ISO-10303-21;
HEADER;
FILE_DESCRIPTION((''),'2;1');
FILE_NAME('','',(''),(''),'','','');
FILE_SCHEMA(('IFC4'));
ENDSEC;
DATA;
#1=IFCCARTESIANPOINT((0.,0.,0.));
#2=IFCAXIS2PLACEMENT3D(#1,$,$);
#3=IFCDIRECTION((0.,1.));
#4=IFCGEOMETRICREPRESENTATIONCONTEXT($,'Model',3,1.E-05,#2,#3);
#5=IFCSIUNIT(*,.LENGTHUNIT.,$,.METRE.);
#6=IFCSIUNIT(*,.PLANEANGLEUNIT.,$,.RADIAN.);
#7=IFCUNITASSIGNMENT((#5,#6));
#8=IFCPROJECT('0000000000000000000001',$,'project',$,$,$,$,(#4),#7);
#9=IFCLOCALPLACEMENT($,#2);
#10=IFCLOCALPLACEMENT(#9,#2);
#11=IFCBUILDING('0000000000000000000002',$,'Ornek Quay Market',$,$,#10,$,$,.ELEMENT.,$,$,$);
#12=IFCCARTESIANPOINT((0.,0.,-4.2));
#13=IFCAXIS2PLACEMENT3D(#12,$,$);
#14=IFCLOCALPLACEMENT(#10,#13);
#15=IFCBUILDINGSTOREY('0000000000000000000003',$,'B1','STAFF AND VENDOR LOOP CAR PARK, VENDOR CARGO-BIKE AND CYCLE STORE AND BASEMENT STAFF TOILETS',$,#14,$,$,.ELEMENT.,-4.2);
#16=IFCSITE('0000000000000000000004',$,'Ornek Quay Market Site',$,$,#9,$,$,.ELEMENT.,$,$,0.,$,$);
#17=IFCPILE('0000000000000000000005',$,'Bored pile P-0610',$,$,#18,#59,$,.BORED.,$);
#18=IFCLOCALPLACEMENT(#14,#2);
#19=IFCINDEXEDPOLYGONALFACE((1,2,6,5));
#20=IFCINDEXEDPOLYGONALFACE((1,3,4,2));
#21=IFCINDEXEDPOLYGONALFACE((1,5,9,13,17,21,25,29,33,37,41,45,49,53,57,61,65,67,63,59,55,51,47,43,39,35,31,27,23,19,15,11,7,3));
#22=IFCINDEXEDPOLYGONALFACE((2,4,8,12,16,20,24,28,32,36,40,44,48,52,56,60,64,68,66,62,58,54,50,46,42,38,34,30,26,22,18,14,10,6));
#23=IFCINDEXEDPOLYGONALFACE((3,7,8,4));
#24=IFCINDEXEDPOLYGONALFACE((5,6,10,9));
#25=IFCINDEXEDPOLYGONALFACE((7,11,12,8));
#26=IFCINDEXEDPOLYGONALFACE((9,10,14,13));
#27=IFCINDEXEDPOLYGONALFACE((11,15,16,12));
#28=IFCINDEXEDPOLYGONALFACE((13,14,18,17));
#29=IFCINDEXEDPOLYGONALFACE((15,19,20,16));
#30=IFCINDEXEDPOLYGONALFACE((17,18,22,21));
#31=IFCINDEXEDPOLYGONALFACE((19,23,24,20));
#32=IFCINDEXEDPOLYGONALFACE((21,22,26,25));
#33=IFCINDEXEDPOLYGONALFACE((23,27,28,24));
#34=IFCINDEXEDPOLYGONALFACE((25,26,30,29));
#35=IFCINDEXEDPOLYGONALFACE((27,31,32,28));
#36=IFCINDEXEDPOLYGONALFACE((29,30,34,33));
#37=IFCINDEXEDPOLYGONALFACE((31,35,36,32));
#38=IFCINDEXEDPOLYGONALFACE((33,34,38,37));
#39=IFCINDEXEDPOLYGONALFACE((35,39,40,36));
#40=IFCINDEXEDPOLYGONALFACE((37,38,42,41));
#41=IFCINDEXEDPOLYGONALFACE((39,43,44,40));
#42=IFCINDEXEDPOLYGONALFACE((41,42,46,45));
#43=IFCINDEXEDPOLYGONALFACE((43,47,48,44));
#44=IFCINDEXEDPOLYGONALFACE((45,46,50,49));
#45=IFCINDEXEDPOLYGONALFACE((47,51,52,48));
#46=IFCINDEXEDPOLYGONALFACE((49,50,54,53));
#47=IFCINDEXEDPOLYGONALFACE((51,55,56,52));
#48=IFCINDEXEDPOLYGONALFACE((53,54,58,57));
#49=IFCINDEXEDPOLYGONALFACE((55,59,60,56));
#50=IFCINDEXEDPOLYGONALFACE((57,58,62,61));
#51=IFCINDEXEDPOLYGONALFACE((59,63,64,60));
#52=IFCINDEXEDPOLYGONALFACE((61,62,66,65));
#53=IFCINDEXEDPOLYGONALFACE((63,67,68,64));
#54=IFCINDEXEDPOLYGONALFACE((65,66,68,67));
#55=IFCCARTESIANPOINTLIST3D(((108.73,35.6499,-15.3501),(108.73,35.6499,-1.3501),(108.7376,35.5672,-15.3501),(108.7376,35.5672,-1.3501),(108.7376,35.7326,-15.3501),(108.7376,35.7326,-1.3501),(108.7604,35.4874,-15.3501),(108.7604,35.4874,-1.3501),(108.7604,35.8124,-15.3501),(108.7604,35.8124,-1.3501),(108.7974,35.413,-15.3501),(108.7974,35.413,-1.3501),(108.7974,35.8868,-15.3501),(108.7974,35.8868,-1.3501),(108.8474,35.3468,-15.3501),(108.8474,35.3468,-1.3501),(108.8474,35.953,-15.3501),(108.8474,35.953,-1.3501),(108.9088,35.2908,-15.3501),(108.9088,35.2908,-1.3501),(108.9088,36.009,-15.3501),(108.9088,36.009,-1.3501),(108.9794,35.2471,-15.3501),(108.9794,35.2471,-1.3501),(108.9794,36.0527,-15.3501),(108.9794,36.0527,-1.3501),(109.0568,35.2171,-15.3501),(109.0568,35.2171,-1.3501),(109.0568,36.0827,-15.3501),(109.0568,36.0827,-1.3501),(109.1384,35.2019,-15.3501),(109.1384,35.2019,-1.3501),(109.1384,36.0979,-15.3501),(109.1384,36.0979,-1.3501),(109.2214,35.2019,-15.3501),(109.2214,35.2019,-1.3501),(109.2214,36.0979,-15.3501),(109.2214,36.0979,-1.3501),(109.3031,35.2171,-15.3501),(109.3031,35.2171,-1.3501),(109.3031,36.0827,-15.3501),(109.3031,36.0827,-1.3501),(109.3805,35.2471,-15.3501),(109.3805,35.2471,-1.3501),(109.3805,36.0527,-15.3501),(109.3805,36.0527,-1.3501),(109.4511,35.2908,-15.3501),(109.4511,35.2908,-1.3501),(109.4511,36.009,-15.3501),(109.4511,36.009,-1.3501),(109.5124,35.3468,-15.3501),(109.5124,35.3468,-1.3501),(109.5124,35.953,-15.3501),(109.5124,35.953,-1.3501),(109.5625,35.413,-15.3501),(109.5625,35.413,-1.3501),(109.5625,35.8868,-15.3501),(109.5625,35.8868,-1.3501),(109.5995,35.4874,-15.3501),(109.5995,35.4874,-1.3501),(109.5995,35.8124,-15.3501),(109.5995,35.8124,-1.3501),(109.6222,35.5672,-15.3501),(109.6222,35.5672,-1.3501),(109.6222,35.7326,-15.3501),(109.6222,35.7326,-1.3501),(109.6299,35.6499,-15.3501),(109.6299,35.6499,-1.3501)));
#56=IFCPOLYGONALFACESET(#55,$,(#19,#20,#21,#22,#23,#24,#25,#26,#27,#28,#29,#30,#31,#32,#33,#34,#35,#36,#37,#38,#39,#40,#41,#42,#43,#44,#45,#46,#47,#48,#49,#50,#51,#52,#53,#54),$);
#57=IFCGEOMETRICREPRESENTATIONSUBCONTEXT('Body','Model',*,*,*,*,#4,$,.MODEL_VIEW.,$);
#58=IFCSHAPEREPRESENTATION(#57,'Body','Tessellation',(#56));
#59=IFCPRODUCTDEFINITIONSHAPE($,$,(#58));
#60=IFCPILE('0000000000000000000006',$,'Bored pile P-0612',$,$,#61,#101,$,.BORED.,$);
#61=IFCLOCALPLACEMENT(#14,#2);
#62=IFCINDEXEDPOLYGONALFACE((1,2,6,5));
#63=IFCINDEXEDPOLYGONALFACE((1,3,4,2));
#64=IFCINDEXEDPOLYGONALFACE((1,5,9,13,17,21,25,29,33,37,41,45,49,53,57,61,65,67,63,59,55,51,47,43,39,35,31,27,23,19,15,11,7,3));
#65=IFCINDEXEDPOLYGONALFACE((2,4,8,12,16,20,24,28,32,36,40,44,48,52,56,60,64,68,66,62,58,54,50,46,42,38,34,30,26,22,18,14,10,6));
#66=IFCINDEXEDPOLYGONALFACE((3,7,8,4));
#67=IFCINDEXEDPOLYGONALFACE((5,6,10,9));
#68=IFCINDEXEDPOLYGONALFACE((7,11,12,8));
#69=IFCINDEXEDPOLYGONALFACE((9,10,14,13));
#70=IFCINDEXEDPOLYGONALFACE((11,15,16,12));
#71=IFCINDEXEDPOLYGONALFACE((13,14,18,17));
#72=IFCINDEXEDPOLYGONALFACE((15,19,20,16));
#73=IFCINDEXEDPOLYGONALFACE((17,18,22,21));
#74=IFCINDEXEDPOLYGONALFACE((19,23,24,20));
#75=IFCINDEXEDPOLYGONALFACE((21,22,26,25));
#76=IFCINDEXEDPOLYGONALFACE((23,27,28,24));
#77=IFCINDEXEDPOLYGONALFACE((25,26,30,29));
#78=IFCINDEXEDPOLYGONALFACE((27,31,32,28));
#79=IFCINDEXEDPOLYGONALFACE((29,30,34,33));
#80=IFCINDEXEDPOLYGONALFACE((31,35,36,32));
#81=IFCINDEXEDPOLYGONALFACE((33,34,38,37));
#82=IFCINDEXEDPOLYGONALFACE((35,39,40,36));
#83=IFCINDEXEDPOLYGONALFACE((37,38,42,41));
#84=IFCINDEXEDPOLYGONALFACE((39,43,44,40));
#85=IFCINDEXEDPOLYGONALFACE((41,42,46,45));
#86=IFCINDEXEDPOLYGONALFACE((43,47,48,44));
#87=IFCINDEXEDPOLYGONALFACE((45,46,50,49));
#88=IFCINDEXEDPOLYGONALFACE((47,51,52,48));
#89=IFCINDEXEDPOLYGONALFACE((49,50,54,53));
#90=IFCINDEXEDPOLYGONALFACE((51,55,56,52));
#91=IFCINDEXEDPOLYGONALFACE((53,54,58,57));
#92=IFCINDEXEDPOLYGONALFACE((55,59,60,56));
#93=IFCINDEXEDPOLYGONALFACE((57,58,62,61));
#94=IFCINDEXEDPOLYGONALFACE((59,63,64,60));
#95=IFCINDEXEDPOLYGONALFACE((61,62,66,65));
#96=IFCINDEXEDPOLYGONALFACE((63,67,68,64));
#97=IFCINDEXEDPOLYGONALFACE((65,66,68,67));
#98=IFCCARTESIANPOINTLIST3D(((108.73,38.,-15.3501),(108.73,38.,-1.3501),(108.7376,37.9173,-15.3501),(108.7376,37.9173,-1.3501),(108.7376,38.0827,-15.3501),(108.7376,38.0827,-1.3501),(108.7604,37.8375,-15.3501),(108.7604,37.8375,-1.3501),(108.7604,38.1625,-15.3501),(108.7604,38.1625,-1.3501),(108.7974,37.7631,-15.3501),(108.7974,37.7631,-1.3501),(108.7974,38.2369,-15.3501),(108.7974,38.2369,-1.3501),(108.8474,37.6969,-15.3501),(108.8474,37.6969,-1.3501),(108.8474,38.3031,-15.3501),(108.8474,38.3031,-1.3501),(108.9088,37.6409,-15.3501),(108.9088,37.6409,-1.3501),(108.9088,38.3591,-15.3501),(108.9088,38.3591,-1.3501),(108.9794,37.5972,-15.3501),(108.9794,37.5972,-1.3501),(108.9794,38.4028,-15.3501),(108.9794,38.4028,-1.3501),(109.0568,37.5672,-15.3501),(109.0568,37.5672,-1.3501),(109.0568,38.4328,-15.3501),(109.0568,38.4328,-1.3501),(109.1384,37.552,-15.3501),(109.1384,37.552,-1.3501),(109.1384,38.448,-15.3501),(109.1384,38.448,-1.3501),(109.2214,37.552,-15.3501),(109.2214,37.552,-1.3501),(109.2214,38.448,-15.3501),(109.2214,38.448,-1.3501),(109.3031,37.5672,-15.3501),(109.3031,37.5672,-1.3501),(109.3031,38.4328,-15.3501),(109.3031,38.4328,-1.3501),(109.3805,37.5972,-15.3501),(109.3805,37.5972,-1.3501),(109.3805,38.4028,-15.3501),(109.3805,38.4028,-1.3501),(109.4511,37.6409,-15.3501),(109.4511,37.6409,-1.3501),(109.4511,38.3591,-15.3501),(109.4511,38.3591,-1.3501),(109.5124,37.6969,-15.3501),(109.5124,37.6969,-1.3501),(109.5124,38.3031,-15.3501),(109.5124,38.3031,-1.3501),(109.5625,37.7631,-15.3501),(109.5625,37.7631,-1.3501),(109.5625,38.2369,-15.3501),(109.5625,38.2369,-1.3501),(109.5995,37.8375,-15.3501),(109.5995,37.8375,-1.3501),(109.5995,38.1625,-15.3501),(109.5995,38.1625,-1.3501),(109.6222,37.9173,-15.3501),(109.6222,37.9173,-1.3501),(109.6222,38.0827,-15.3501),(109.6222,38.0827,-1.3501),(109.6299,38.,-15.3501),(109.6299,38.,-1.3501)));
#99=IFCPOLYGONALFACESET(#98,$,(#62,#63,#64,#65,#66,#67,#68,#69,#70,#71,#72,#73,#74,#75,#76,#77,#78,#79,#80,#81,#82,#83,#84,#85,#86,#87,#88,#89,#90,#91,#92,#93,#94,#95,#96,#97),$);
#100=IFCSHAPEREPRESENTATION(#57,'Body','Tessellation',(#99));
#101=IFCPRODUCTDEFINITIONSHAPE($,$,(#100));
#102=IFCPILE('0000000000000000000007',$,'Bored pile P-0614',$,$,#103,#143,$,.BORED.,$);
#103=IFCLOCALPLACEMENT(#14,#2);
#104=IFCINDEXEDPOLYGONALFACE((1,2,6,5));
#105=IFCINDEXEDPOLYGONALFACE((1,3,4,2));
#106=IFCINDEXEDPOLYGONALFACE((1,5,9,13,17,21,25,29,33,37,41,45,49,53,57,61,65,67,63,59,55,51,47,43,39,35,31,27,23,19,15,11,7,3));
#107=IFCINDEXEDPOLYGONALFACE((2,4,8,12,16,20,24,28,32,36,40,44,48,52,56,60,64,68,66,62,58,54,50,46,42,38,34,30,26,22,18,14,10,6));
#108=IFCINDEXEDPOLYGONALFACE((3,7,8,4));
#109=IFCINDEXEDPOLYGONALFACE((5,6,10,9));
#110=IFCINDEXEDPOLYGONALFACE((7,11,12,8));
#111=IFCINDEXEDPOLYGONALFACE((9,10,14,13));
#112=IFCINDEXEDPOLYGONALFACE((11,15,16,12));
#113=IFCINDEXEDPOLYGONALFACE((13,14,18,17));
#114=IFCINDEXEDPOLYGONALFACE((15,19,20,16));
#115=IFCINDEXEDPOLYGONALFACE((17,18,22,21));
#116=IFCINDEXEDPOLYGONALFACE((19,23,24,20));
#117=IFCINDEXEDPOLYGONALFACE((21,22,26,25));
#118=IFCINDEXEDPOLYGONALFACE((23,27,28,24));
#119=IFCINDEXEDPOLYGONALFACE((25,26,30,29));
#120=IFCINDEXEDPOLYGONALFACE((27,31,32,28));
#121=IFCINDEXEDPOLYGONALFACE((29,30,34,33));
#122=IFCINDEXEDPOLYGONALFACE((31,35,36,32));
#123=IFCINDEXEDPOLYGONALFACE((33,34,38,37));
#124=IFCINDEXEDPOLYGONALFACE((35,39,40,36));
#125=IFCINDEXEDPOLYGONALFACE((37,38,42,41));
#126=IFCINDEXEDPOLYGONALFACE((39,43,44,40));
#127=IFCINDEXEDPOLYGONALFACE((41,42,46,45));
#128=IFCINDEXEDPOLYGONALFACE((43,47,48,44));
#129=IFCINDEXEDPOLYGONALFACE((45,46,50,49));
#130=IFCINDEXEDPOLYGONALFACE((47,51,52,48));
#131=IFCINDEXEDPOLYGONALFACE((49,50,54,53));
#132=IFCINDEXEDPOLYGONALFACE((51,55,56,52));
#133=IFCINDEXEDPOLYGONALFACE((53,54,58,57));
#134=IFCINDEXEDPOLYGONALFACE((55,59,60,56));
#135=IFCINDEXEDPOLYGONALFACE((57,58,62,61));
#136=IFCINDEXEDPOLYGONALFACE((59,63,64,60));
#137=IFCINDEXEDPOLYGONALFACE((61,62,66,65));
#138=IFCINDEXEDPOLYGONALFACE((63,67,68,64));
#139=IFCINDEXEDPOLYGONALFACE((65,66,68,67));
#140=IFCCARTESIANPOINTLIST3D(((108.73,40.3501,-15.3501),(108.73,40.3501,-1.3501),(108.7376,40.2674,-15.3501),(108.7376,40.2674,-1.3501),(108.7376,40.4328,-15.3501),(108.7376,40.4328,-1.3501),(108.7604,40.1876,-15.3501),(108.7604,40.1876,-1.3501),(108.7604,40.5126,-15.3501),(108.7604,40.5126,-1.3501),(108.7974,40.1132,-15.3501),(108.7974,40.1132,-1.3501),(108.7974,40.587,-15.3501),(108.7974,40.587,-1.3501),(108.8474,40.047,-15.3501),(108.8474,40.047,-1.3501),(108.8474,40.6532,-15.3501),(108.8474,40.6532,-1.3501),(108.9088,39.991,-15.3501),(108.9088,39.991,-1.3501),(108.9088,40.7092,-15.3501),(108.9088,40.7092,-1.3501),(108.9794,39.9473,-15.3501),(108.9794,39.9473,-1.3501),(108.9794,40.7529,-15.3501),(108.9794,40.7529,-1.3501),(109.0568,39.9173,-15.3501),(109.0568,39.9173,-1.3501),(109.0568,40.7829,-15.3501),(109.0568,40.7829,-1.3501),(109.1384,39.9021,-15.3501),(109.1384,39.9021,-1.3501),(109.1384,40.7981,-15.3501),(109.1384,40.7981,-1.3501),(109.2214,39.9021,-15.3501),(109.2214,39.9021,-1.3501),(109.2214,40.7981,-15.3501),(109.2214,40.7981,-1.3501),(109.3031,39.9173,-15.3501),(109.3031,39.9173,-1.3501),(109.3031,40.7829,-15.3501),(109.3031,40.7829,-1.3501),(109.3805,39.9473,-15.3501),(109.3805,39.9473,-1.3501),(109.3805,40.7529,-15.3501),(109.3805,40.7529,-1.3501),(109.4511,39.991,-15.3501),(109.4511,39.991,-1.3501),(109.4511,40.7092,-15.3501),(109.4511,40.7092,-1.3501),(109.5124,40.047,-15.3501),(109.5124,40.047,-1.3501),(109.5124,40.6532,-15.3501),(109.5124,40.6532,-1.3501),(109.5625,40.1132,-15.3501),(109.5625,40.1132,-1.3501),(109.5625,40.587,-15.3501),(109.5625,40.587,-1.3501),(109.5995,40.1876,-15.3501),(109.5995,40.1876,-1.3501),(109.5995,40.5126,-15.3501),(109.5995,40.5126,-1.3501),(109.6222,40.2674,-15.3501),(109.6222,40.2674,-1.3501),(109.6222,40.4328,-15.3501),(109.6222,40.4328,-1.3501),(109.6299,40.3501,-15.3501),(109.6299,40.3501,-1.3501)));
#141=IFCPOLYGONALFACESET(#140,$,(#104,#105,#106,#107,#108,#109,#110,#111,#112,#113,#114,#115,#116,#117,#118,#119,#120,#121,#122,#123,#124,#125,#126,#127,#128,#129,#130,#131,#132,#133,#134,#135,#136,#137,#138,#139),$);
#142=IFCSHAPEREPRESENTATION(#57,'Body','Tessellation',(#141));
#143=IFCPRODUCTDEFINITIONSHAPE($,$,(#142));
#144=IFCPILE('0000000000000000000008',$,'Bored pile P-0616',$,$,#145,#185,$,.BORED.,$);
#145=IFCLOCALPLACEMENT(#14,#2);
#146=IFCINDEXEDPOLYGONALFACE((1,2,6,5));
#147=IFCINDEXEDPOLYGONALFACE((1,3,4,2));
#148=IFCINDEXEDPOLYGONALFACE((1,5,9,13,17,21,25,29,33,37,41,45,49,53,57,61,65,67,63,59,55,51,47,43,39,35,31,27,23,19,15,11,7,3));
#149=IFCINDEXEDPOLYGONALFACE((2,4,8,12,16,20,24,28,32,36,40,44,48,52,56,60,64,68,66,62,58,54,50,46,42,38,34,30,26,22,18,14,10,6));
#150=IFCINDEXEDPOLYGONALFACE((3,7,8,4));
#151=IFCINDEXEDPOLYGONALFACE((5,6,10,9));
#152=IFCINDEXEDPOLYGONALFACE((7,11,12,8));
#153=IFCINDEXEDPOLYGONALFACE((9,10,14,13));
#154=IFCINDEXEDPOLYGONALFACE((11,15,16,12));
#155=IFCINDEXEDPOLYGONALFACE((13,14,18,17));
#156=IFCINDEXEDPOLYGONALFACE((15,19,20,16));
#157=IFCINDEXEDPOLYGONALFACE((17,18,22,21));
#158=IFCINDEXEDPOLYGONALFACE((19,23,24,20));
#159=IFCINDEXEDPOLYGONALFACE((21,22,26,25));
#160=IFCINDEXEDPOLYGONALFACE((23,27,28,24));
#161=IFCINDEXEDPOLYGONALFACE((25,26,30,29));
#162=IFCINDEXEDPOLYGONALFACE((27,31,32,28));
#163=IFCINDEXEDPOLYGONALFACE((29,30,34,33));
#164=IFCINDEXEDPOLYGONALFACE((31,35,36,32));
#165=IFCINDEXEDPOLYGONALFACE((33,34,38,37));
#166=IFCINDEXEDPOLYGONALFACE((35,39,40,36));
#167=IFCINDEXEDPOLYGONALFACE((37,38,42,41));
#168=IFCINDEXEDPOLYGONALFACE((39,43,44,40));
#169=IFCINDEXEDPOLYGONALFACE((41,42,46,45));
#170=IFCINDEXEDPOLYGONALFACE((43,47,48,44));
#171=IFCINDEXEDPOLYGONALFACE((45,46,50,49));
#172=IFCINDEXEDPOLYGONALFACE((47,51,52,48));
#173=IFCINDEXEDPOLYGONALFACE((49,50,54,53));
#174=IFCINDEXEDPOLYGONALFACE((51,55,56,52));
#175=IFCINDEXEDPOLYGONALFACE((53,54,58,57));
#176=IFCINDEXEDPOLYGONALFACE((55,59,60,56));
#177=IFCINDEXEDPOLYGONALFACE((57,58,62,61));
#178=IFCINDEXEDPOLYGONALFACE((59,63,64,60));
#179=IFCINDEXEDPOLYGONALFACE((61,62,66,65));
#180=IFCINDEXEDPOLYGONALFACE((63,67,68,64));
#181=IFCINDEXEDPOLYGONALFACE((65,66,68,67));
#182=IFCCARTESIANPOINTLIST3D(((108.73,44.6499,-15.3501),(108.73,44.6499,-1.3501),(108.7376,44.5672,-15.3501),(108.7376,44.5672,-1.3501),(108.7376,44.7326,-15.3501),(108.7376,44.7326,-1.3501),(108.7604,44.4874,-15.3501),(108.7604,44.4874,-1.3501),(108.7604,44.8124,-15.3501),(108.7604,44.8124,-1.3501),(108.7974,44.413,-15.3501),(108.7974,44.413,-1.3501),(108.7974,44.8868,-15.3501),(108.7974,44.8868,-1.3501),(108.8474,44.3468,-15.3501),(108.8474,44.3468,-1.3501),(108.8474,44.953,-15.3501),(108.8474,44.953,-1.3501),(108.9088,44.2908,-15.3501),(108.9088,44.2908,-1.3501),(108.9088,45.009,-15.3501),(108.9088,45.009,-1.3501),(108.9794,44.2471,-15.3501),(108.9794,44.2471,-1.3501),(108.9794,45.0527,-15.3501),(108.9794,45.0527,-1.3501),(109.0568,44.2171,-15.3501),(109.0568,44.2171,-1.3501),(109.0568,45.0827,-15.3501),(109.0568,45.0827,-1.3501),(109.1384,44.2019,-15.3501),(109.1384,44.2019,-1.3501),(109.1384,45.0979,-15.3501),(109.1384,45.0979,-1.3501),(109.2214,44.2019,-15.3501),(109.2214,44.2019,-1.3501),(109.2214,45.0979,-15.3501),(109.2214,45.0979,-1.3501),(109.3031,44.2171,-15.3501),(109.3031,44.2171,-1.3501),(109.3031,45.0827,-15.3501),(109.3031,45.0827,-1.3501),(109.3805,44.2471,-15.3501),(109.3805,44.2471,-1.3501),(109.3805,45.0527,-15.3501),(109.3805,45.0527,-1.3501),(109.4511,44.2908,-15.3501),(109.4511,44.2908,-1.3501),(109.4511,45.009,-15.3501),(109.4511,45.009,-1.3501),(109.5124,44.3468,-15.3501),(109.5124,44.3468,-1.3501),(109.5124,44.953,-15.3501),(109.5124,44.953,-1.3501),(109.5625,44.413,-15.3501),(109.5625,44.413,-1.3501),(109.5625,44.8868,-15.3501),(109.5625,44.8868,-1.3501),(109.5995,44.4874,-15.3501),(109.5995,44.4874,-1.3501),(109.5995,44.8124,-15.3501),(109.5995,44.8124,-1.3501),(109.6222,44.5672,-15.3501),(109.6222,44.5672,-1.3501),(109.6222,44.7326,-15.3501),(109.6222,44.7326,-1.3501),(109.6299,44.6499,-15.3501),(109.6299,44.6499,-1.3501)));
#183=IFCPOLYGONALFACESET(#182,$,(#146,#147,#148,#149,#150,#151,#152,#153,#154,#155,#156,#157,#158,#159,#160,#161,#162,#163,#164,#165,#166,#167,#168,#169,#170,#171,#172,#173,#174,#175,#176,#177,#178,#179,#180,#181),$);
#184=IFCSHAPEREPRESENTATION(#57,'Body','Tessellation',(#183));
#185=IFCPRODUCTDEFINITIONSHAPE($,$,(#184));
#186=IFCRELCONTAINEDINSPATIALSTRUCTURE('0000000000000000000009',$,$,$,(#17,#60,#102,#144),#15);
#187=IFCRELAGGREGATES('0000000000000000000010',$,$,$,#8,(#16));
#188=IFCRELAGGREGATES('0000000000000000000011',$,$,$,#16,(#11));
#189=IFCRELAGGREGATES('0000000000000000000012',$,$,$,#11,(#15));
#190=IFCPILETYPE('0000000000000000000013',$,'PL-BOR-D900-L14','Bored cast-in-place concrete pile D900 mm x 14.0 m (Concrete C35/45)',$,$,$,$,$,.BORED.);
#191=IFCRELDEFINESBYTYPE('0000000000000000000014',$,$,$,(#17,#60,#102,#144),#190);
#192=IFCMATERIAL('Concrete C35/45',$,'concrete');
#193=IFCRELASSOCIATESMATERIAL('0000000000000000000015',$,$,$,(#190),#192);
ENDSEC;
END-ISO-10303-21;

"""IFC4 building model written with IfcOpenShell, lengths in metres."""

from ifc_helpers import new_model, si_unit, direction, frame, origin, origin_2d, place, context, subcontext, project, spatial, circle, extrude, material, material_profile, profile_set, type_object, element, save


model = new_model("IFC4")

# Units and contexts
model_context = context("Model", 3, precision=1e-05, world=origin(), true_north=direction((0.0, 1.0)))
body_context = subcontext(model_context, "Body", "Model", "MODEL_VIEW")
ifc_project = project(units=[si_unit("LENGTHUNIT", "METRE"), si_unit("PLANEANGLEUNIT", "RADIAN")], contexts=[model_context])

# Site, building, storey
site_placement = place(None, origin())
site = spatial("IfcSite", under=ifc_project, at=site_placement, Name="Ornek Quay Market Site", CompositionType="ELEMENT", RefElevation=0.0)
building_placement = place(site_placement, origin())
building = spatial("IfcBuilding", under=site, at=building_placement, Name="Ornek Quay Market", CompositionType="ELEMENT")
storey_placement = place(building_placement, frame((0.0, 0.0, -4.2)))
storey = spatial("IfcBuildingStorey", under=building, at=storey_placement, Name="B1", Description="STAFF AND VENDOR LOOP CAR PARK, VENDOR CARGO-BIKE AND CYCLE STORE AND BASEMENT STAFF TOILETS", CompositionType="ELEMENT", Elevation=-4.2)

# Piles
ifc_material_1 = material(Name="Concrete C35/45", Category="concrete")
ifc_material_profile_1 = material_profile(ifc_material_1, circle(Radius=0.45, at=origin_2d()), Name="PILE D900", Category="concrete")
ifc_profile_set_1 = profile_set([ifc_material_profile_1], Name="Concrete C35/45")
pile_type_1 = type_object("IfcPileType", Name="PL-BOR-D900-L14", Description="Bored cast-in-place concrete pile D900 mm x 14.0 m (Concrete C35/45)", PredefinedType="BORED", material=ifc_profile_set_1)
for number, where, z_axis, x_axis, name in (
    (1, (109.1799, 35.6499, -1.3501), (0.0, 0.0, -1.0), (1.0, 0.0, 0.0), "Bored pile P-0610"),
    (2, (109.1799, 38.0, -1.3501), (0.0, 0.0, -1.0), (1.0, 0.0, 0.0), "Bored pile P-0612"),
    (3, (109.1799, 40.3501, -1.3501), (0.0, 0.0, -1.0), (1.0, 0.0, 0.0), "Bored pile P-0614"),
    (4, (109.1799, 44.6499, -1.3501), (0.0, 0.0, -1.0), (1.0, 0.0, 0.0), "Bored pile P-0616"),
):
    element("IfcPile", number, at=place(storey_placement, frame(where, z_axis=z_axis, x_axis=x_axis)), inside=storey, type_object=pile_type_1, Name=name, PredefinedType="BORED", context=body_context, shape_type="SweptSolid", body=[
        extrude(circle(Radius=0.45, at=origin_2d()), origin(), (0.0, 0.0, 1.0), 14.0),
    ])

save(model, "model.ifc")
